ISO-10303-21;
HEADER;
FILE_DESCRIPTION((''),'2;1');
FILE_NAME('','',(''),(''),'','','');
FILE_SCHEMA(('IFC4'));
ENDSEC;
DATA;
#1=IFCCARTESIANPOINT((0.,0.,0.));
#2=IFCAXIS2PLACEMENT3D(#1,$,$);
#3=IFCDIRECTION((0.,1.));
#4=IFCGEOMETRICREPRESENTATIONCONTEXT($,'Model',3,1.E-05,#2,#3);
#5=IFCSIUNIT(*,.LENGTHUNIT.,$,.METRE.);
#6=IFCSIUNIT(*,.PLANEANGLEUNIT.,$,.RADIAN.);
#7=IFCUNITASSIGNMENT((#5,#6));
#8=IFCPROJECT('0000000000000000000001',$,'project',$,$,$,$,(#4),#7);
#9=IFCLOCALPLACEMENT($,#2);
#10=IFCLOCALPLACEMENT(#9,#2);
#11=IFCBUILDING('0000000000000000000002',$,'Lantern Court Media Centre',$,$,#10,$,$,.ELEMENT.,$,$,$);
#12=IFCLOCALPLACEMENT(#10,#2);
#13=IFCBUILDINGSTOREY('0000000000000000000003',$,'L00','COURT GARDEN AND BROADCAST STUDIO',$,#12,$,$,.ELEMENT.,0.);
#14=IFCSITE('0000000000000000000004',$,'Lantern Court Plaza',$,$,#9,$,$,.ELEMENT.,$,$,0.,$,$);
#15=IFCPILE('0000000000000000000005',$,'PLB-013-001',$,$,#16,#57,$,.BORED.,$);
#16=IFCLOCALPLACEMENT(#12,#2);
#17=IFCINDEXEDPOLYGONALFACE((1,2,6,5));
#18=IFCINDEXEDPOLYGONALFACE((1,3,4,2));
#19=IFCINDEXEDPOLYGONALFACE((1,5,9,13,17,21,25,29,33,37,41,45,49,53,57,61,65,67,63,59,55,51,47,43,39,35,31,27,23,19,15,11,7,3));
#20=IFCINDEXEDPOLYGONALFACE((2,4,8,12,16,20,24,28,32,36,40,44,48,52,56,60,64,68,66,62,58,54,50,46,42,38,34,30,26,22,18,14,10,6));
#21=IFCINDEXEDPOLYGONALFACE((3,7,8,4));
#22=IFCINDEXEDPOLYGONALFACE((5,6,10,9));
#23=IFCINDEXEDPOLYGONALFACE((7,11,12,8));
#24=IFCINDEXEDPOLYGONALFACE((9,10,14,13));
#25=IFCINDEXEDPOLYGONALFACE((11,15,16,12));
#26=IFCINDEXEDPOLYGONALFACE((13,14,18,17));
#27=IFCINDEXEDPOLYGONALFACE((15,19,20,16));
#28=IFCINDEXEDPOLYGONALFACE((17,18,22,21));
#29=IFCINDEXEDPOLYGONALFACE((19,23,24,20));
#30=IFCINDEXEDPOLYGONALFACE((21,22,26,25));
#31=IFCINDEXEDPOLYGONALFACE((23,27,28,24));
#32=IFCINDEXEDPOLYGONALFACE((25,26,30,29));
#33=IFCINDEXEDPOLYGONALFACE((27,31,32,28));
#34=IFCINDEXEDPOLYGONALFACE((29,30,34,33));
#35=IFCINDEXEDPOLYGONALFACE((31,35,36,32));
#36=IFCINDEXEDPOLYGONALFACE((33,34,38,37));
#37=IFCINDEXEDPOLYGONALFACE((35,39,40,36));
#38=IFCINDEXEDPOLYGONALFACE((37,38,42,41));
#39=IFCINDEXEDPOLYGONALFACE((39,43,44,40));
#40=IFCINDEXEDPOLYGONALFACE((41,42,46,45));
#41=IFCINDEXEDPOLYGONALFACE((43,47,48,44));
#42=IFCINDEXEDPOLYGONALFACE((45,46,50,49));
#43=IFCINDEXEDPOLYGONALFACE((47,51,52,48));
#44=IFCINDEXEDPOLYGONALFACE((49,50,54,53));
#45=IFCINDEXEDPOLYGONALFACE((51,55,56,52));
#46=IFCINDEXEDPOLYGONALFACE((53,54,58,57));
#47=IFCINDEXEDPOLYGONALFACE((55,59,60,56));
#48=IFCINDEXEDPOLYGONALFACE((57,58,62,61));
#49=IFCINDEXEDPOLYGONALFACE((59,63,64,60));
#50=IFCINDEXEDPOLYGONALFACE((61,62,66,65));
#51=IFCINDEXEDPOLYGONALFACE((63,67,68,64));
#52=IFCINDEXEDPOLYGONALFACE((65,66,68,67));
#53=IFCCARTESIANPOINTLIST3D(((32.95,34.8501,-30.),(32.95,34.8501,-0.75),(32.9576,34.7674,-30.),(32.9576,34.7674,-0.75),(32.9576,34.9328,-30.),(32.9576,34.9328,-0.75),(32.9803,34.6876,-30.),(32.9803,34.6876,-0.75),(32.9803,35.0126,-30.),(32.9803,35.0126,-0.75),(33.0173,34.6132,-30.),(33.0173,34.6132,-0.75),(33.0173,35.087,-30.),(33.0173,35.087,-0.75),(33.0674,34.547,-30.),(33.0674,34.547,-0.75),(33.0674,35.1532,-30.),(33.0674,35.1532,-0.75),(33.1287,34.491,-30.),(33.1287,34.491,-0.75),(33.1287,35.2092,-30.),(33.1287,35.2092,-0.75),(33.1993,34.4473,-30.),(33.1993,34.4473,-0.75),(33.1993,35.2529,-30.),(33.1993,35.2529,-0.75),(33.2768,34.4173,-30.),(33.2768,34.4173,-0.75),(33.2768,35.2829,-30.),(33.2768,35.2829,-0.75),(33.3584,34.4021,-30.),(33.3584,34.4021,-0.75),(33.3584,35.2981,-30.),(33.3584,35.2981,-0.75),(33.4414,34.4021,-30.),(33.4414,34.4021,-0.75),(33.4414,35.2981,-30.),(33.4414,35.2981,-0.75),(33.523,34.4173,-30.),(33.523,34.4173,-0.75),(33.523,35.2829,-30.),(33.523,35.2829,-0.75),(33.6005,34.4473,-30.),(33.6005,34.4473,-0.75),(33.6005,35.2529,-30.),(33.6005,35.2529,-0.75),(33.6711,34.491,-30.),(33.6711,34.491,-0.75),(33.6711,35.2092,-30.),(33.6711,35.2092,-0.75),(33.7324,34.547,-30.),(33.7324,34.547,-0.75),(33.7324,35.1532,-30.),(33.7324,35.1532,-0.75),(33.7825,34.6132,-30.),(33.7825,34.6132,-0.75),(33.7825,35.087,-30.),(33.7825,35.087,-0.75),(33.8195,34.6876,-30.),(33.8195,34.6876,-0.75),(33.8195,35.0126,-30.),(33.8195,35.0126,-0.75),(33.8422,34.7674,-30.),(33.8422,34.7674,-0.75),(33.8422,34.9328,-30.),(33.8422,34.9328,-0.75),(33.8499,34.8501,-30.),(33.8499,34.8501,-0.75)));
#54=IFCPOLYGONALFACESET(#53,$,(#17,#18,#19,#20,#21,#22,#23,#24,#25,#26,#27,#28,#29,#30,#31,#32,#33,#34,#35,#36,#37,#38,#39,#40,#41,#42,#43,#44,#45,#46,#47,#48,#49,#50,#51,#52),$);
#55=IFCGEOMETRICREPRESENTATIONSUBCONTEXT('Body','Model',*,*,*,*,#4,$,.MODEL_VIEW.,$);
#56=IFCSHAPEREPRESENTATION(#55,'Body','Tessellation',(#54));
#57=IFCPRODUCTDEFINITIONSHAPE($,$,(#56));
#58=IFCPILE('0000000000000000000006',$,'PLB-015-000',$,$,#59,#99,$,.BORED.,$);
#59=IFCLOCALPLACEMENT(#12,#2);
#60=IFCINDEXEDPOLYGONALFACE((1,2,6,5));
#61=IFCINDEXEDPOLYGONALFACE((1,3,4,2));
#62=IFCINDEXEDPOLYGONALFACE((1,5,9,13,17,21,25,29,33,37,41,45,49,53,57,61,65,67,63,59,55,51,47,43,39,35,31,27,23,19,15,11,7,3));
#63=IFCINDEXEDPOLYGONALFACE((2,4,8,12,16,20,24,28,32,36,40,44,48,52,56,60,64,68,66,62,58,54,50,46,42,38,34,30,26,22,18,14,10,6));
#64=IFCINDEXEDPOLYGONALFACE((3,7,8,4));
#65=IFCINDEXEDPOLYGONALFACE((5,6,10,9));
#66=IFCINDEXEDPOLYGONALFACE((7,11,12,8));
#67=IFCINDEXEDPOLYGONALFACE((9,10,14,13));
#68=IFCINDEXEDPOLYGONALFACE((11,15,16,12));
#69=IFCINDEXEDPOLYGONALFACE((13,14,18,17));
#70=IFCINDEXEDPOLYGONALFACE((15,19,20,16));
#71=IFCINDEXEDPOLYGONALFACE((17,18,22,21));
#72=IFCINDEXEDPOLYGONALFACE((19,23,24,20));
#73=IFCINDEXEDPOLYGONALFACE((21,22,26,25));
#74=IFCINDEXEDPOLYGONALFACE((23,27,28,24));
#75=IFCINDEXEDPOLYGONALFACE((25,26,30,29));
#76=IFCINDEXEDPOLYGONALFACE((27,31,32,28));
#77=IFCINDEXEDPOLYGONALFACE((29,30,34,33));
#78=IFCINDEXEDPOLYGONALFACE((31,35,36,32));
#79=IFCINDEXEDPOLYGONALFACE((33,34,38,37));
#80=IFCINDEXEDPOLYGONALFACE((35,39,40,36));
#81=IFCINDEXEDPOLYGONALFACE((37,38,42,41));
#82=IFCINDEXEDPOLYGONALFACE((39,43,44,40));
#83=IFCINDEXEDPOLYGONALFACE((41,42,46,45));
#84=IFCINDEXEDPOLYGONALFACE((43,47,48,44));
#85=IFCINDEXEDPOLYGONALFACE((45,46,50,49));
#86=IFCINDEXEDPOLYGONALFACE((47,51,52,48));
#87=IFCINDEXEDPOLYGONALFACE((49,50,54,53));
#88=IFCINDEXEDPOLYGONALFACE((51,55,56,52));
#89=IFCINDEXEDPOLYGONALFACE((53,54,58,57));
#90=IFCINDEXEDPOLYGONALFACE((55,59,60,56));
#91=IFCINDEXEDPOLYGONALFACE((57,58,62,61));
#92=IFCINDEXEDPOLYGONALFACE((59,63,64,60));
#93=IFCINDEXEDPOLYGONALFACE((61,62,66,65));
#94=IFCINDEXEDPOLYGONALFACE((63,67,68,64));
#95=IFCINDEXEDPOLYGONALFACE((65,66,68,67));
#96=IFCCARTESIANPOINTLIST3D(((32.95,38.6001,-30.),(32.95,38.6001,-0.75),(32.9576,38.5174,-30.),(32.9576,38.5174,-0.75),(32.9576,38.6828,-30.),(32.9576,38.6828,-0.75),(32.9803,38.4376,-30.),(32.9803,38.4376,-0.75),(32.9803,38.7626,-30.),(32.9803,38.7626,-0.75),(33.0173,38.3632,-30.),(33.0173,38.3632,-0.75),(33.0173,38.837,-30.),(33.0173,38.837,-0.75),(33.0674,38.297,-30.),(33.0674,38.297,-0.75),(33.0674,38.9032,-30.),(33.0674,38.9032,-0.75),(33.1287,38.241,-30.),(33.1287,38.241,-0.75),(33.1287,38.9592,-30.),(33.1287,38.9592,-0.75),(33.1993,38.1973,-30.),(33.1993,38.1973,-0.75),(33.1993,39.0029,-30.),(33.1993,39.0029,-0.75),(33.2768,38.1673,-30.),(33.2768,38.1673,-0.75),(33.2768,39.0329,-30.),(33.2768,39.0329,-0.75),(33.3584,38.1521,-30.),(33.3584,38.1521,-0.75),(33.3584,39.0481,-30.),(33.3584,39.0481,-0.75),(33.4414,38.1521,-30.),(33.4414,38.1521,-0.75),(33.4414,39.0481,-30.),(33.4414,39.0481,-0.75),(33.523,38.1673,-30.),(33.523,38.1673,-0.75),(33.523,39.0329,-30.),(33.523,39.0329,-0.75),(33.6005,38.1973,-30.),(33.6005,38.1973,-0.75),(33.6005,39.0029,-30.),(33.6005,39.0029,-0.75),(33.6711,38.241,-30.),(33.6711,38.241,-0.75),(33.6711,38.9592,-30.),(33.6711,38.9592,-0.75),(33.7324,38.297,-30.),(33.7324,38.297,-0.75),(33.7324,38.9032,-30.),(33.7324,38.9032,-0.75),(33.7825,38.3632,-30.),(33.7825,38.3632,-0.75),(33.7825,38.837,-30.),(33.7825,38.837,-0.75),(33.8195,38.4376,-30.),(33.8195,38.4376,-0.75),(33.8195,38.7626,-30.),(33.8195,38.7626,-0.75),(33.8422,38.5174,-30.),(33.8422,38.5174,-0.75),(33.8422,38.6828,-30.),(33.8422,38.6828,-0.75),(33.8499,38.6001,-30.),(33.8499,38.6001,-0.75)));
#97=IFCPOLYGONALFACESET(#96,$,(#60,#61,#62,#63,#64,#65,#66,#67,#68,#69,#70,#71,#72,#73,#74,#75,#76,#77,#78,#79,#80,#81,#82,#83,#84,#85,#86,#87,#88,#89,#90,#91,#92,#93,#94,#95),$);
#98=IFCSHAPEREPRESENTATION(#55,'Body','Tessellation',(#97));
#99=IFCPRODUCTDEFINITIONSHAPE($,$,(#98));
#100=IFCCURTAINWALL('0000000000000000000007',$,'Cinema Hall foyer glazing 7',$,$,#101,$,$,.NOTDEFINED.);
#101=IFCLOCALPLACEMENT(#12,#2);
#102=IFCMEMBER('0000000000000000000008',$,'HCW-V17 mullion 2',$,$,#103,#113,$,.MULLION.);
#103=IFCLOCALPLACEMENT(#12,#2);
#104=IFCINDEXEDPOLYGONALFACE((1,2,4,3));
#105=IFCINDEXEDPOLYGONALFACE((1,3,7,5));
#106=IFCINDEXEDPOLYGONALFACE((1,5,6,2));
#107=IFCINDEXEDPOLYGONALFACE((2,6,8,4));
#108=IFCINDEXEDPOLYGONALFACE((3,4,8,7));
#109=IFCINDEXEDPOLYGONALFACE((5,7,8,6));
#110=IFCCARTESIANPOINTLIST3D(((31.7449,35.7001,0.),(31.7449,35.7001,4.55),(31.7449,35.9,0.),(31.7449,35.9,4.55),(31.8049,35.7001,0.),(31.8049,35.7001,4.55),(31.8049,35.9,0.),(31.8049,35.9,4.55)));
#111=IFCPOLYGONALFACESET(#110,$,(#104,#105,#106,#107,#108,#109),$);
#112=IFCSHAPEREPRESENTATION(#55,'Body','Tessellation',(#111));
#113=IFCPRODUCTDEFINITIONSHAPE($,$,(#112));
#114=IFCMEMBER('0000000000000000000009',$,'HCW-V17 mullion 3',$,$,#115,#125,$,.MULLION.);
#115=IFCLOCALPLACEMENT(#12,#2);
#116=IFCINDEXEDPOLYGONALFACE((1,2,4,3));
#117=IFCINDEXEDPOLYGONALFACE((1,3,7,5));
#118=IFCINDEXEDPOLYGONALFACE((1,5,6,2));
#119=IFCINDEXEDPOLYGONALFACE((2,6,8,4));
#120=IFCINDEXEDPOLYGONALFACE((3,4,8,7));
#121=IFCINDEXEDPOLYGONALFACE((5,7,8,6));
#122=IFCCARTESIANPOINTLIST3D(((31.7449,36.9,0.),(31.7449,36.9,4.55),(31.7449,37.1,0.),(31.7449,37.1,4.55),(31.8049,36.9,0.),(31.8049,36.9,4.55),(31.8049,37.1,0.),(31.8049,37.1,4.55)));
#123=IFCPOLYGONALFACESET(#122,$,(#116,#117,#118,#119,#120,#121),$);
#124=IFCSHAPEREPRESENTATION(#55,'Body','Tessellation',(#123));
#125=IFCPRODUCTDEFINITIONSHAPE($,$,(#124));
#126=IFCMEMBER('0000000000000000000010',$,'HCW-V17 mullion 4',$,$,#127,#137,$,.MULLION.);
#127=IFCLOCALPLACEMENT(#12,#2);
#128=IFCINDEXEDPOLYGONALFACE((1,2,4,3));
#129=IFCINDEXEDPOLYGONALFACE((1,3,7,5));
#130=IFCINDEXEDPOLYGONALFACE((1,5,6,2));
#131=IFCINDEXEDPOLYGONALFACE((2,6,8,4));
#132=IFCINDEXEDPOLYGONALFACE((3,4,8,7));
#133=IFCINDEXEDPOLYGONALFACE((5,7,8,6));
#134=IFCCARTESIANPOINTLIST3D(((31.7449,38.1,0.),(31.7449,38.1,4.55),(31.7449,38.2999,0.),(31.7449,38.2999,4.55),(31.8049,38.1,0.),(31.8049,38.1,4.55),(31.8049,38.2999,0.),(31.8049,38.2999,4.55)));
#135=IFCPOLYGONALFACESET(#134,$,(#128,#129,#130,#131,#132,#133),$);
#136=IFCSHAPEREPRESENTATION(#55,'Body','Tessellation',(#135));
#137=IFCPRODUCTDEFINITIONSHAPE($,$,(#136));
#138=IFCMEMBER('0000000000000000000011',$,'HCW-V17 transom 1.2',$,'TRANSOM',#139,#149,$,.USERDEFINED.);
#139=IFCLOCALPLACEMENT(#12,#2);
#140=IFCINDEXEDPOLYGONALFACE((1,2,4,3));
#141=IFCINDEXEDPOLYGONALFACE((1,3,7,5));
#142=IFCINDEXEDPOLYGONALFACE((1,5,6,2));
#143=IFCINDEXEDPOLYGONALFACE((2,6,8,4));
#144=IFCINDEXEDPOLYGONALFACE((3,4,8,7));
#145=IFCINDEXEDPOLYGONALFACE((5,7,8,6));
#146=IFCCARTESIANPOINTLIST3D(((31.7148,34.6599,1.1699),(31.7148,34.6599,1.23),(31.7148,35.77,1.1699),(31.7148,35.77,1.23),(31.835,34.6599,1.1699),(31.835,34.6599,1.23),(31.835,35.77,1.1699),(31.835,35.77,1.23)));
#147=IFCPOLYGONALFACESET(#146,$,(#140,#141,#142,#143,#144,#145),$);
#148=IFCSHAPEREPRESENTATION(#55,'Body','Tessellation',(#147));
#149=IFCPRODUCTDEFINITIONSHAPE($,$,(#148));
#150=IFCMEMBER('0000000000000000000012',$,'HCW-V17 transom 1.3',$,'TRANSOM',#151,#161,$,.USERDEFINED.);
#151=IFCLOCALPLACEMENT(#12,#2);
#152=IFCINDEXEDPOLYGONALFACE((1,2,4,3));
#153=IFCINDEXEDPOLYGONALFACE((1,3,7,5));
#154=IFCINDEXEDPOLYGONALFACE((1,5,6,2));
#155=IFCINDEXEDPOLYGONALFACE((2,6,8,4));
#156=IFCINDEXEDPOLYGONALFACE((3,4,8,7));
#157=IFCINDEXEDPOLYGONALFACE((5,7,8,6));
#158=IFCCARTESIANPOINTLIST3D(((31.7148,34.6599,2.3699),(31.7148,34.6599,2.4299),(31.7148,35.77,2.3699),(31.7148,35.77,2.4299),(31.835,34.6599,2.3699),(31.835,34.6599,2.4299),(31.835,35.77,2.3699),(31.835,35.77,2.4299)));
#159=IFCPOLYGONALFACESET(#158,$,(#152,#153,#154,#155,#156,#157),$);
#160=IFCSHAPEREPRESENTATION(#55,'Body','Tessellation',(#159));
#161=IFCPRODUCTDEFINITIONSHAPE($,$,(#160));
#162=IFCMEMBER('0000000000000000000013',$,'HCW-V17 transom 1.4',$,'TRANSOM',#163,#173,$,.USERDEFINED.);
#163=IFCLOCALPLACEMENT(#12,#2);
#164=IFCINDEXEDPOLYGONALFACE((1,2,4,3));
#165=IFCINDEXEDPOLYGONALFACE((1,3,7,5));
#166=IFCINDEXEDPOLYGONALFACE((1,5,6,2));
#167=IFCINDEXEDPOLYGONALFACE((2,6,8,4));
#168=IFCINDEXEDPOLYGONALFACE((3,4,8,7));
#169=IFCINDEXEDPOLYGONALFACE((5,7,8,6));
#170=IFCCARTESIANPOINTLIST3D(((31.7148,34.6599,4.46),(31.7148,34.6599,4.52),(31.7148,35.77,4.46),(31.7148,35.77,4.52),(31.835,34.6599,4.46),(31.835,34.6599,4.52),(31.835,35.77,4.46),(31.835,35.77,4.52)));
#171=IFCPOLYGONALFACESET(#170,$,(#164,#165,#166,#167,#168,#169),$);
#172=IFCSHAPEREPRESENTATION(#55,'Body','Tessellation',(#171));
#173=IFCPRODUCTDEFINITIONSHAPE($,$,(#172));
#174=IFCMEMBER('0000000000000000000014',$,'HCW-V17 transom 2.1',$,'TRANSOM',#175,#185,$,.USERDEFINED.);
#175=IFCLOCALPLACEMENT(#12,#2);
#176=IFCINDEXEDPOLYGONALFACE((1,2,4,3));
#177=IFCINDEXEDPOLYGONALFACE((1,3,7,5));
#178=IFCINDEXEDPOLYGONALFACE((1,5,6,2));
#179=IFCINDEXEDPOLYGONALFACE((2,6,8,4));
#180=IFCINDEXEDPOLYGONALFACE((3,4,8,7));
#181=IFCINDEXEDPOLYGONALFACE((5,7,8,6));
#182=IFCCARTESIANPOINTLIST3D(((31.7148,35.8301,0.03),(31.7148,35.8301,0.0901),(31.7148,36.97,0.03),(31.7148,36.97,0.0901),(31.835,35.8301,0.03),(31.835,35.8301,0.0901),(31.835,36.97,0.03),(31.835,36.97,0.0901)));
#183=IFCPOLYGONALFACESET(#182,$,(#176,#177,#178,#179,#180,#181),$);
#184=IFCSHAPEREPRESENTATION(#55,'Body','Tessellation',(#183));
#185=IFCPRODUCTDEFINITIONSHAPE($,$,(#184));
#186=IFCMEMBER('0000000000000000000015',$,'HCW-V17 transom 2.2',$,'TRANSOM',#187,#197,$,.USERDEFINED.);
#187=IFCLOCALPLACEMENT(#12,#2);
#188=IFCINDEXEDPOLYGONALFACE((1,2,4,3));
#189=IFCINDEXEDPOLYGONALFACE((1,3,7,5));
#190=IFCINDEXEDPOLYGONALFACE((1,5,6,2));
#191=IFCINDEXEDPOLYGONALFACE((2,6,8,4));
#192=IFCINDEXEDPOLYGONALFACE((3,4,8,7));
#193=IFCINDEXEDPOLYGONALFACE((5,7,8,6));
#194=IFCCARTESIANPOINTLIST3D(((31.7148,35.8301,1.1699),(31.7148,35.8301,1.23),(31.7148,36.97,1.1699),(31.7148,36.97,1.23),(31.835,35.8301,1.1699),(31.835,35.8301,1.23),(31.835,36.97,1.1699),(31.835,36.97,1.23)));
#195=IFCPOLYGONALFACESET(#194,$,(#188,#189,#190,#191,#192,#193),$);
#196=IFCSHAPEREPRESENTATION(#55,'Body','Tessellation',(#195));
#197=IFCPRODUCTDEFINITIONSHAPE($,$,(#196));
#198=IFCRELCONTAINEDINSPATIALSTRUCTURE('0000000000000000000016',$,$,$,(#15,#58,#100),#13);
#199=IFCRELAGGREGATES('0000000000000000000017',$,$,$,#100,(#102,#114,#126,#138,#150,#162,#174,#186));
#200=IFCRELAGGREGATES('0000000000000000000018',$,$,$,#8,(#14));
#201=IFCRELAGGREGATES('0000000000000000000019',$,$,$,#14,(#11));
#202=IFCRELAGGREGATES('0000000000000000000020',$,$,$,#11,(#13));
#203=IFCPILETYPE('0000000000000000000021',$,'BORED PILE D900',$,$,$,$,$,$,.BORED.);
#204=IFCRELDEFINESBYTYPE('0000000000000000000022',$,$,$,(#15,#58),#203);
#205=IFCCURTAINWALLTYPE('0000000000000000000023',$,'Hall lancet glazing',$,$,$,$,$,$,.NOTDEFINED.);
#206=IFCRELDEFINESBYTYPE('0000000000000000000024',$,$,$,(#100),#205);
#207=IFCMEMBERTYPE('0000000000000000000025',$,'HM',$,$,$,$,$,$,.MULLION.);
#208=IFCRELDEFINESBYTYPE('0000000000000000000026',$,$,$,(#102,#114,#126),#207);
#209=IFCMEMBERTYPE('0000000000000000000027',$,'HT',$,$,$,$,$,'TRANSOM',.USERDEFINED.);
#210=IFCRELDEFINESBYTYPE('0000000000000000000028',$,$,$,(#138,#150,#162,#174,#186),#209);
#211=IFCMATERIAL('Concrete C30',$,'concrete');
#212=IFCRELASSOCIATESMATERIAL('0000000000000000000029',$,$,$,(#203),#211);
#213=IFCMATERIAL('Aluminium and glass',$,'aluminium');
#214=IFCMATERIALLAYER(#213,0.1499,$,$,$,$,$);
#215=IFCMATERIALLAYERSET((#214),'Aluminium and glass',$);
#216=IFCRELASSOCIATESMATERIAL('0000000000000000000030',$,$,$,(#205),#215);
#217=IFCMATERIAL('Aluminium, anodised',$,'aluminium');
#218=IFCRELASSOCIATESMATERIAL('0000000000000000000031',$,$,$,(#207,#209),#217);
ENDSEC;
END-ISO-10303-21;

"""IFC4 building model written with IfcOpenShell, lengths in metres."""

from ifc_helpers import new_model, si_unit, direction, frame, origin, origin_2d, place, context, subcontext, project, spatial, rectangle, circle, extrude, material, layer, layer_set, material_profile, profile_set, type_object, element, aggregate, save


model = new_model("IFC4")

# Units and contexts
model_context = context("Model", 3, precision=1e-05, world=origin(), true_north=direction((0.0, 1.0)))
body_context = subcontext(model_context, "Body", "Model", "MODEL_VIEW")
ifc_project = project(units=[si_unit("LENGTHUNIT", "METRE"), si_unit("PLANEANGLEUNIT", "RADIAN")], contexts=[model_context])

# Site, building, storey
site_placement = place(None, origin())
site = spatial("IfcSite", under=ifc_project, at=site_placement, Name="Lantern Court Plaza", CompositionType="ELEMENT", RefElevation=0.0)
building_placement = place(site_placement, origin())
building = spatial("IfcBuilding", under=site, at=building_placement, Name="Lantern Court Media Centre", CompositionType="ELEMENT")
storey_placement = place(building_placement, origin())
storey = spatial("IfcBuildingStorey", under=building, at=storey_placement, Name="L00", Description="COURT GARDEN AND BROADCAST STUDIO", CompositionType="ELEMENT", Elevation=0.0)

# Piles
ifc_material_1 = material(Name="Concrete C30", Category="concrete")
ifc_material_profile_1 = material_profile(ifc_material_1, circle(Radius=0.45, at=origin_2d()), Name="D900")
ifc_profile_set_1 = profile_set([ifc_material_profile_1], Name="Concrete C30")
pile_type = type_object("IfcPileType", Name="BORED PILE D900", PredefinedType="BORED", material=ifc_profile_set_1)
for number, where, z_axis, x_axis, name in (
    (1, (33.3999, 34.8501, -0.75), (0.0, 0.0, -1.0), (1.0, 0.0, 0.0), "PLB-013-001"),
    (2, (33.3999, 38.6001, -0.75), (0.0, 0.0, -1.0), (1.0, 0.0, 0.0), "PLB-015-000"),
):
    element("IfcPile", number, at=place(storey_placement, frame(where, z_axis=z_axis, x_axis=x_axis)), inside=storey, type_object=pile_type, Name=name, PredefinedType="BORED", context=body_context, shape_type="SweptSolid", body=[
        extrude(circle(Radius=0.45, at=origin_2d()), origin(), (0.0, 0.0, 1.0), 29.25),
    ])

# Curtain wall, members
ifc_material_2 = material(Name="Aluminium and glass", Category="aluminium")
ifc_layer_1 = layer(ifc_material_2, 0.1499)
ifc_layer_set_1 = layer_set([ifc_layer_1], Name="Aluminium and glass")
curtain_wall_type = type_object("IfcCurtainWallType", Name="Hall lancet glazing", PredefinedType="NOTDEFINED", material=ifc_layer_set_1)
curtain_wall_placement = place(storey_placement, origin())
curtain_wall = element("IfcCurtainWall", 3, at=curtain_wall_placement, inside=storey, type_object=curtain_wall_type, Name="Cinema Hall foyer glazing 7", PredefinedType="NOTDEFINED")
ifc_material_3 = material(Name="Aluminium, anodised", Category="aluminium")
ifc_material_profile_2 = material_profile(ifc_material_3, rectangle(XDim=0.0601, YDim=0.2, at=origin_2d()), Name="HM")
ifc_profile_set_2 = profile_set([ifc_material_profile_2], Name="Aluminium, anodised")
member_type_1 = type_object("IfcMemberType", Name="HM", PredefinedType="MULLION", material=ifc_profile_set_2)
member_1_placement = place(storey_placement, frame((31.7749, 35.8, 0.0), z_axis=(0.0, 0.0, 1.0), x_axis=(-1.0, 0.0, 0.0)))
member_1 = element("IfcMember", 4, at=member_1_placement, type_object=member_type_1, Name="HCW-V17 mullion 2", PredefinedType="MULLION", context=body_context, shape_type="SweptSolid", body=[
    extrude(rectangle(XDim=0.0601, YDim=0.2, at=origin_2d()), origin(), (0.0, 0.0, 1.0), 4.55),
])
member_2_placement = place(storey_placement, frame((31.7749, 37.0, 0.0), z_axis=(0.0, 0.0, 1.0), x_axis=(-1.0, 0.0, 0.0)))
member_2 = element("IfcMember", 5, at=member_2_placement, type_object=member_type_1, Name="HCW-V17 mullion 3", PredefinedType="MULLION", context=body_context, shape_type="SweptSolid", body=[
    extrude(rectangle(XDim=0.0601, YDim=0.2, at=origin_2d()), origin(), (0.0, 0.0, 1.0), 4.55),
])
member_3_placement = place(storey_placement, frame((31.7749, 38.2, 0.0), z_axis=(0.0, 0.0, 1.0), x_axis=(-1.0, 0.0, 0.0)))
member_3 = element("IfcMember", 6, at=member_3_placement, type_object=member_type_1, Name="HCW-V17 mullion 4", PredefinedType="MULLION", context=body_context, shape_type="SweptSolid", body=[
    extrude(rectangle(XDim=0.0601, YDim=0.2, at=origin_2d()), origin(), (0.0, 0.0, 1.0), 4.55),
])
ifc_material_profile_3 = material_profile(ifc_material_3, rectangle(XDim=0.1201, YDim=0.0601, at=origin_2d()), Name="HT")
ifc_profile_set_3 = profile_set([ifc_material_profile_3], Name="Aluminium, anodised")
member_type_2 = type_object("IfcMemberType", Name="HT", ElementType="TRANSOM", PredefinedType="USERDEFINED", material=ifc_profile_set_3)
member_4_placement = place(storey_placement, frame((31.7749, 34.6599, 1.2), z_axis=(0.0, 1.0, 0.0), x_axis=(-1.0, 0.0, 0.0)))
member_4 = element("IfcMember", 7, at=member_4_placement, type_object=member_type_2, Name="HCW-V17 transom 1.2", ObjectType="TRANSOM", PredefinedType="USERDEFINED", context=body_context, shape_type="SweptSolid", body=[
    extrude(rectangle(XDim=0.1201, YDim=0.0601, at=origin_2d()), origin(), (0.0, 0.0, 1.0), 1.1101),
])
member_5_placement = place(storey_placement, frame((31.7749, 34.6599, 2.3999), z_axis=(0.0, 1.0, 0.0), x_axis=(-1.0, 0.0, 0.0)))
member_5 = element("IfcMember", 8, at=member_5_placement, type_object=member_type_2, Name="HCW-V17 transom 1.3", ObjectType="TRANSOM", PredefinedType="USERDEFINED", context=body_context, shape_type="SweptSolid", body=[
    extrude(rectangle(XDim=0.1201, YDim=0.0601, at=origin_2d()), origin(), (0.0, 0.0, 1.0), 1.1101),
])
member_6_placement = place(storey_placement, frame((31.7749, 34.6599, 4.49), z_axis=(0.0, 1.0, 0.0), x_axis=(-1.0, 0.0, 0.0)))
member_6 = element("IfcMember", 9, at=member_6_placement, type_object=member_type_2, Name="HCW-V17 transom 1.4", ObjectType="TRANSOM", PredefinedType="USERDEFINED", context=body_context, shape_type="SweptSolid", body=[
    extrude(rectangle(XDim=0.1201, YDim=0.0601, at=origin_2d()), origin(), (0.0, 0.0, 1.0), 1.1101),
])
member_7_placement = place(storey_placement, frame((31.7749, 35.8301, 0.0601), z_axis=(0.0, 1.0, 0.0), x_axis=(-1.0, 0.0, 0.0)))
member_7 = element("IfcMember", 10, at=member_7_placement, type_object=member_type_2, Name="HCW-V17 transom 2.1", ObjectType="TRANSOM", PredefinedType="USERDEFINED", context=body_context, shape_type="SweptSolid", body=[
    extrude(rectangle(XDim=0.1201, YDim=0.0601, at=origin_2d()), origin(), (0.0, 0.0, 1.0), 1.1399),
])
member_8_placement = place(storey_placement, frame((31.7749, 35.8301, 1.2), z_axis=(0.0, 1.0, 0.0), x_axis=(-1.0, 0.0, 0.0)))
member_8 = element("IfcMember", 11, at=member_8_placement, type_object=member_type_2, Name="HCW-V17 transom 2.2", ObjectType="TRANSOM", PredefinedType="USERDEFINED", context=body_context, shape_type="SweptSolid", body=[
    extrude(rectangle(XDim=0.1201, YDim=0.0601, at=origin_2d()), origin(), (0.0, 0.0, 1.0), 1.1399),
])
aggregate(curtain_wall, [member_1, member_2, member_3, member_4, member_5, member_6, member_7, member_8])

save(model, "model.ifc")
